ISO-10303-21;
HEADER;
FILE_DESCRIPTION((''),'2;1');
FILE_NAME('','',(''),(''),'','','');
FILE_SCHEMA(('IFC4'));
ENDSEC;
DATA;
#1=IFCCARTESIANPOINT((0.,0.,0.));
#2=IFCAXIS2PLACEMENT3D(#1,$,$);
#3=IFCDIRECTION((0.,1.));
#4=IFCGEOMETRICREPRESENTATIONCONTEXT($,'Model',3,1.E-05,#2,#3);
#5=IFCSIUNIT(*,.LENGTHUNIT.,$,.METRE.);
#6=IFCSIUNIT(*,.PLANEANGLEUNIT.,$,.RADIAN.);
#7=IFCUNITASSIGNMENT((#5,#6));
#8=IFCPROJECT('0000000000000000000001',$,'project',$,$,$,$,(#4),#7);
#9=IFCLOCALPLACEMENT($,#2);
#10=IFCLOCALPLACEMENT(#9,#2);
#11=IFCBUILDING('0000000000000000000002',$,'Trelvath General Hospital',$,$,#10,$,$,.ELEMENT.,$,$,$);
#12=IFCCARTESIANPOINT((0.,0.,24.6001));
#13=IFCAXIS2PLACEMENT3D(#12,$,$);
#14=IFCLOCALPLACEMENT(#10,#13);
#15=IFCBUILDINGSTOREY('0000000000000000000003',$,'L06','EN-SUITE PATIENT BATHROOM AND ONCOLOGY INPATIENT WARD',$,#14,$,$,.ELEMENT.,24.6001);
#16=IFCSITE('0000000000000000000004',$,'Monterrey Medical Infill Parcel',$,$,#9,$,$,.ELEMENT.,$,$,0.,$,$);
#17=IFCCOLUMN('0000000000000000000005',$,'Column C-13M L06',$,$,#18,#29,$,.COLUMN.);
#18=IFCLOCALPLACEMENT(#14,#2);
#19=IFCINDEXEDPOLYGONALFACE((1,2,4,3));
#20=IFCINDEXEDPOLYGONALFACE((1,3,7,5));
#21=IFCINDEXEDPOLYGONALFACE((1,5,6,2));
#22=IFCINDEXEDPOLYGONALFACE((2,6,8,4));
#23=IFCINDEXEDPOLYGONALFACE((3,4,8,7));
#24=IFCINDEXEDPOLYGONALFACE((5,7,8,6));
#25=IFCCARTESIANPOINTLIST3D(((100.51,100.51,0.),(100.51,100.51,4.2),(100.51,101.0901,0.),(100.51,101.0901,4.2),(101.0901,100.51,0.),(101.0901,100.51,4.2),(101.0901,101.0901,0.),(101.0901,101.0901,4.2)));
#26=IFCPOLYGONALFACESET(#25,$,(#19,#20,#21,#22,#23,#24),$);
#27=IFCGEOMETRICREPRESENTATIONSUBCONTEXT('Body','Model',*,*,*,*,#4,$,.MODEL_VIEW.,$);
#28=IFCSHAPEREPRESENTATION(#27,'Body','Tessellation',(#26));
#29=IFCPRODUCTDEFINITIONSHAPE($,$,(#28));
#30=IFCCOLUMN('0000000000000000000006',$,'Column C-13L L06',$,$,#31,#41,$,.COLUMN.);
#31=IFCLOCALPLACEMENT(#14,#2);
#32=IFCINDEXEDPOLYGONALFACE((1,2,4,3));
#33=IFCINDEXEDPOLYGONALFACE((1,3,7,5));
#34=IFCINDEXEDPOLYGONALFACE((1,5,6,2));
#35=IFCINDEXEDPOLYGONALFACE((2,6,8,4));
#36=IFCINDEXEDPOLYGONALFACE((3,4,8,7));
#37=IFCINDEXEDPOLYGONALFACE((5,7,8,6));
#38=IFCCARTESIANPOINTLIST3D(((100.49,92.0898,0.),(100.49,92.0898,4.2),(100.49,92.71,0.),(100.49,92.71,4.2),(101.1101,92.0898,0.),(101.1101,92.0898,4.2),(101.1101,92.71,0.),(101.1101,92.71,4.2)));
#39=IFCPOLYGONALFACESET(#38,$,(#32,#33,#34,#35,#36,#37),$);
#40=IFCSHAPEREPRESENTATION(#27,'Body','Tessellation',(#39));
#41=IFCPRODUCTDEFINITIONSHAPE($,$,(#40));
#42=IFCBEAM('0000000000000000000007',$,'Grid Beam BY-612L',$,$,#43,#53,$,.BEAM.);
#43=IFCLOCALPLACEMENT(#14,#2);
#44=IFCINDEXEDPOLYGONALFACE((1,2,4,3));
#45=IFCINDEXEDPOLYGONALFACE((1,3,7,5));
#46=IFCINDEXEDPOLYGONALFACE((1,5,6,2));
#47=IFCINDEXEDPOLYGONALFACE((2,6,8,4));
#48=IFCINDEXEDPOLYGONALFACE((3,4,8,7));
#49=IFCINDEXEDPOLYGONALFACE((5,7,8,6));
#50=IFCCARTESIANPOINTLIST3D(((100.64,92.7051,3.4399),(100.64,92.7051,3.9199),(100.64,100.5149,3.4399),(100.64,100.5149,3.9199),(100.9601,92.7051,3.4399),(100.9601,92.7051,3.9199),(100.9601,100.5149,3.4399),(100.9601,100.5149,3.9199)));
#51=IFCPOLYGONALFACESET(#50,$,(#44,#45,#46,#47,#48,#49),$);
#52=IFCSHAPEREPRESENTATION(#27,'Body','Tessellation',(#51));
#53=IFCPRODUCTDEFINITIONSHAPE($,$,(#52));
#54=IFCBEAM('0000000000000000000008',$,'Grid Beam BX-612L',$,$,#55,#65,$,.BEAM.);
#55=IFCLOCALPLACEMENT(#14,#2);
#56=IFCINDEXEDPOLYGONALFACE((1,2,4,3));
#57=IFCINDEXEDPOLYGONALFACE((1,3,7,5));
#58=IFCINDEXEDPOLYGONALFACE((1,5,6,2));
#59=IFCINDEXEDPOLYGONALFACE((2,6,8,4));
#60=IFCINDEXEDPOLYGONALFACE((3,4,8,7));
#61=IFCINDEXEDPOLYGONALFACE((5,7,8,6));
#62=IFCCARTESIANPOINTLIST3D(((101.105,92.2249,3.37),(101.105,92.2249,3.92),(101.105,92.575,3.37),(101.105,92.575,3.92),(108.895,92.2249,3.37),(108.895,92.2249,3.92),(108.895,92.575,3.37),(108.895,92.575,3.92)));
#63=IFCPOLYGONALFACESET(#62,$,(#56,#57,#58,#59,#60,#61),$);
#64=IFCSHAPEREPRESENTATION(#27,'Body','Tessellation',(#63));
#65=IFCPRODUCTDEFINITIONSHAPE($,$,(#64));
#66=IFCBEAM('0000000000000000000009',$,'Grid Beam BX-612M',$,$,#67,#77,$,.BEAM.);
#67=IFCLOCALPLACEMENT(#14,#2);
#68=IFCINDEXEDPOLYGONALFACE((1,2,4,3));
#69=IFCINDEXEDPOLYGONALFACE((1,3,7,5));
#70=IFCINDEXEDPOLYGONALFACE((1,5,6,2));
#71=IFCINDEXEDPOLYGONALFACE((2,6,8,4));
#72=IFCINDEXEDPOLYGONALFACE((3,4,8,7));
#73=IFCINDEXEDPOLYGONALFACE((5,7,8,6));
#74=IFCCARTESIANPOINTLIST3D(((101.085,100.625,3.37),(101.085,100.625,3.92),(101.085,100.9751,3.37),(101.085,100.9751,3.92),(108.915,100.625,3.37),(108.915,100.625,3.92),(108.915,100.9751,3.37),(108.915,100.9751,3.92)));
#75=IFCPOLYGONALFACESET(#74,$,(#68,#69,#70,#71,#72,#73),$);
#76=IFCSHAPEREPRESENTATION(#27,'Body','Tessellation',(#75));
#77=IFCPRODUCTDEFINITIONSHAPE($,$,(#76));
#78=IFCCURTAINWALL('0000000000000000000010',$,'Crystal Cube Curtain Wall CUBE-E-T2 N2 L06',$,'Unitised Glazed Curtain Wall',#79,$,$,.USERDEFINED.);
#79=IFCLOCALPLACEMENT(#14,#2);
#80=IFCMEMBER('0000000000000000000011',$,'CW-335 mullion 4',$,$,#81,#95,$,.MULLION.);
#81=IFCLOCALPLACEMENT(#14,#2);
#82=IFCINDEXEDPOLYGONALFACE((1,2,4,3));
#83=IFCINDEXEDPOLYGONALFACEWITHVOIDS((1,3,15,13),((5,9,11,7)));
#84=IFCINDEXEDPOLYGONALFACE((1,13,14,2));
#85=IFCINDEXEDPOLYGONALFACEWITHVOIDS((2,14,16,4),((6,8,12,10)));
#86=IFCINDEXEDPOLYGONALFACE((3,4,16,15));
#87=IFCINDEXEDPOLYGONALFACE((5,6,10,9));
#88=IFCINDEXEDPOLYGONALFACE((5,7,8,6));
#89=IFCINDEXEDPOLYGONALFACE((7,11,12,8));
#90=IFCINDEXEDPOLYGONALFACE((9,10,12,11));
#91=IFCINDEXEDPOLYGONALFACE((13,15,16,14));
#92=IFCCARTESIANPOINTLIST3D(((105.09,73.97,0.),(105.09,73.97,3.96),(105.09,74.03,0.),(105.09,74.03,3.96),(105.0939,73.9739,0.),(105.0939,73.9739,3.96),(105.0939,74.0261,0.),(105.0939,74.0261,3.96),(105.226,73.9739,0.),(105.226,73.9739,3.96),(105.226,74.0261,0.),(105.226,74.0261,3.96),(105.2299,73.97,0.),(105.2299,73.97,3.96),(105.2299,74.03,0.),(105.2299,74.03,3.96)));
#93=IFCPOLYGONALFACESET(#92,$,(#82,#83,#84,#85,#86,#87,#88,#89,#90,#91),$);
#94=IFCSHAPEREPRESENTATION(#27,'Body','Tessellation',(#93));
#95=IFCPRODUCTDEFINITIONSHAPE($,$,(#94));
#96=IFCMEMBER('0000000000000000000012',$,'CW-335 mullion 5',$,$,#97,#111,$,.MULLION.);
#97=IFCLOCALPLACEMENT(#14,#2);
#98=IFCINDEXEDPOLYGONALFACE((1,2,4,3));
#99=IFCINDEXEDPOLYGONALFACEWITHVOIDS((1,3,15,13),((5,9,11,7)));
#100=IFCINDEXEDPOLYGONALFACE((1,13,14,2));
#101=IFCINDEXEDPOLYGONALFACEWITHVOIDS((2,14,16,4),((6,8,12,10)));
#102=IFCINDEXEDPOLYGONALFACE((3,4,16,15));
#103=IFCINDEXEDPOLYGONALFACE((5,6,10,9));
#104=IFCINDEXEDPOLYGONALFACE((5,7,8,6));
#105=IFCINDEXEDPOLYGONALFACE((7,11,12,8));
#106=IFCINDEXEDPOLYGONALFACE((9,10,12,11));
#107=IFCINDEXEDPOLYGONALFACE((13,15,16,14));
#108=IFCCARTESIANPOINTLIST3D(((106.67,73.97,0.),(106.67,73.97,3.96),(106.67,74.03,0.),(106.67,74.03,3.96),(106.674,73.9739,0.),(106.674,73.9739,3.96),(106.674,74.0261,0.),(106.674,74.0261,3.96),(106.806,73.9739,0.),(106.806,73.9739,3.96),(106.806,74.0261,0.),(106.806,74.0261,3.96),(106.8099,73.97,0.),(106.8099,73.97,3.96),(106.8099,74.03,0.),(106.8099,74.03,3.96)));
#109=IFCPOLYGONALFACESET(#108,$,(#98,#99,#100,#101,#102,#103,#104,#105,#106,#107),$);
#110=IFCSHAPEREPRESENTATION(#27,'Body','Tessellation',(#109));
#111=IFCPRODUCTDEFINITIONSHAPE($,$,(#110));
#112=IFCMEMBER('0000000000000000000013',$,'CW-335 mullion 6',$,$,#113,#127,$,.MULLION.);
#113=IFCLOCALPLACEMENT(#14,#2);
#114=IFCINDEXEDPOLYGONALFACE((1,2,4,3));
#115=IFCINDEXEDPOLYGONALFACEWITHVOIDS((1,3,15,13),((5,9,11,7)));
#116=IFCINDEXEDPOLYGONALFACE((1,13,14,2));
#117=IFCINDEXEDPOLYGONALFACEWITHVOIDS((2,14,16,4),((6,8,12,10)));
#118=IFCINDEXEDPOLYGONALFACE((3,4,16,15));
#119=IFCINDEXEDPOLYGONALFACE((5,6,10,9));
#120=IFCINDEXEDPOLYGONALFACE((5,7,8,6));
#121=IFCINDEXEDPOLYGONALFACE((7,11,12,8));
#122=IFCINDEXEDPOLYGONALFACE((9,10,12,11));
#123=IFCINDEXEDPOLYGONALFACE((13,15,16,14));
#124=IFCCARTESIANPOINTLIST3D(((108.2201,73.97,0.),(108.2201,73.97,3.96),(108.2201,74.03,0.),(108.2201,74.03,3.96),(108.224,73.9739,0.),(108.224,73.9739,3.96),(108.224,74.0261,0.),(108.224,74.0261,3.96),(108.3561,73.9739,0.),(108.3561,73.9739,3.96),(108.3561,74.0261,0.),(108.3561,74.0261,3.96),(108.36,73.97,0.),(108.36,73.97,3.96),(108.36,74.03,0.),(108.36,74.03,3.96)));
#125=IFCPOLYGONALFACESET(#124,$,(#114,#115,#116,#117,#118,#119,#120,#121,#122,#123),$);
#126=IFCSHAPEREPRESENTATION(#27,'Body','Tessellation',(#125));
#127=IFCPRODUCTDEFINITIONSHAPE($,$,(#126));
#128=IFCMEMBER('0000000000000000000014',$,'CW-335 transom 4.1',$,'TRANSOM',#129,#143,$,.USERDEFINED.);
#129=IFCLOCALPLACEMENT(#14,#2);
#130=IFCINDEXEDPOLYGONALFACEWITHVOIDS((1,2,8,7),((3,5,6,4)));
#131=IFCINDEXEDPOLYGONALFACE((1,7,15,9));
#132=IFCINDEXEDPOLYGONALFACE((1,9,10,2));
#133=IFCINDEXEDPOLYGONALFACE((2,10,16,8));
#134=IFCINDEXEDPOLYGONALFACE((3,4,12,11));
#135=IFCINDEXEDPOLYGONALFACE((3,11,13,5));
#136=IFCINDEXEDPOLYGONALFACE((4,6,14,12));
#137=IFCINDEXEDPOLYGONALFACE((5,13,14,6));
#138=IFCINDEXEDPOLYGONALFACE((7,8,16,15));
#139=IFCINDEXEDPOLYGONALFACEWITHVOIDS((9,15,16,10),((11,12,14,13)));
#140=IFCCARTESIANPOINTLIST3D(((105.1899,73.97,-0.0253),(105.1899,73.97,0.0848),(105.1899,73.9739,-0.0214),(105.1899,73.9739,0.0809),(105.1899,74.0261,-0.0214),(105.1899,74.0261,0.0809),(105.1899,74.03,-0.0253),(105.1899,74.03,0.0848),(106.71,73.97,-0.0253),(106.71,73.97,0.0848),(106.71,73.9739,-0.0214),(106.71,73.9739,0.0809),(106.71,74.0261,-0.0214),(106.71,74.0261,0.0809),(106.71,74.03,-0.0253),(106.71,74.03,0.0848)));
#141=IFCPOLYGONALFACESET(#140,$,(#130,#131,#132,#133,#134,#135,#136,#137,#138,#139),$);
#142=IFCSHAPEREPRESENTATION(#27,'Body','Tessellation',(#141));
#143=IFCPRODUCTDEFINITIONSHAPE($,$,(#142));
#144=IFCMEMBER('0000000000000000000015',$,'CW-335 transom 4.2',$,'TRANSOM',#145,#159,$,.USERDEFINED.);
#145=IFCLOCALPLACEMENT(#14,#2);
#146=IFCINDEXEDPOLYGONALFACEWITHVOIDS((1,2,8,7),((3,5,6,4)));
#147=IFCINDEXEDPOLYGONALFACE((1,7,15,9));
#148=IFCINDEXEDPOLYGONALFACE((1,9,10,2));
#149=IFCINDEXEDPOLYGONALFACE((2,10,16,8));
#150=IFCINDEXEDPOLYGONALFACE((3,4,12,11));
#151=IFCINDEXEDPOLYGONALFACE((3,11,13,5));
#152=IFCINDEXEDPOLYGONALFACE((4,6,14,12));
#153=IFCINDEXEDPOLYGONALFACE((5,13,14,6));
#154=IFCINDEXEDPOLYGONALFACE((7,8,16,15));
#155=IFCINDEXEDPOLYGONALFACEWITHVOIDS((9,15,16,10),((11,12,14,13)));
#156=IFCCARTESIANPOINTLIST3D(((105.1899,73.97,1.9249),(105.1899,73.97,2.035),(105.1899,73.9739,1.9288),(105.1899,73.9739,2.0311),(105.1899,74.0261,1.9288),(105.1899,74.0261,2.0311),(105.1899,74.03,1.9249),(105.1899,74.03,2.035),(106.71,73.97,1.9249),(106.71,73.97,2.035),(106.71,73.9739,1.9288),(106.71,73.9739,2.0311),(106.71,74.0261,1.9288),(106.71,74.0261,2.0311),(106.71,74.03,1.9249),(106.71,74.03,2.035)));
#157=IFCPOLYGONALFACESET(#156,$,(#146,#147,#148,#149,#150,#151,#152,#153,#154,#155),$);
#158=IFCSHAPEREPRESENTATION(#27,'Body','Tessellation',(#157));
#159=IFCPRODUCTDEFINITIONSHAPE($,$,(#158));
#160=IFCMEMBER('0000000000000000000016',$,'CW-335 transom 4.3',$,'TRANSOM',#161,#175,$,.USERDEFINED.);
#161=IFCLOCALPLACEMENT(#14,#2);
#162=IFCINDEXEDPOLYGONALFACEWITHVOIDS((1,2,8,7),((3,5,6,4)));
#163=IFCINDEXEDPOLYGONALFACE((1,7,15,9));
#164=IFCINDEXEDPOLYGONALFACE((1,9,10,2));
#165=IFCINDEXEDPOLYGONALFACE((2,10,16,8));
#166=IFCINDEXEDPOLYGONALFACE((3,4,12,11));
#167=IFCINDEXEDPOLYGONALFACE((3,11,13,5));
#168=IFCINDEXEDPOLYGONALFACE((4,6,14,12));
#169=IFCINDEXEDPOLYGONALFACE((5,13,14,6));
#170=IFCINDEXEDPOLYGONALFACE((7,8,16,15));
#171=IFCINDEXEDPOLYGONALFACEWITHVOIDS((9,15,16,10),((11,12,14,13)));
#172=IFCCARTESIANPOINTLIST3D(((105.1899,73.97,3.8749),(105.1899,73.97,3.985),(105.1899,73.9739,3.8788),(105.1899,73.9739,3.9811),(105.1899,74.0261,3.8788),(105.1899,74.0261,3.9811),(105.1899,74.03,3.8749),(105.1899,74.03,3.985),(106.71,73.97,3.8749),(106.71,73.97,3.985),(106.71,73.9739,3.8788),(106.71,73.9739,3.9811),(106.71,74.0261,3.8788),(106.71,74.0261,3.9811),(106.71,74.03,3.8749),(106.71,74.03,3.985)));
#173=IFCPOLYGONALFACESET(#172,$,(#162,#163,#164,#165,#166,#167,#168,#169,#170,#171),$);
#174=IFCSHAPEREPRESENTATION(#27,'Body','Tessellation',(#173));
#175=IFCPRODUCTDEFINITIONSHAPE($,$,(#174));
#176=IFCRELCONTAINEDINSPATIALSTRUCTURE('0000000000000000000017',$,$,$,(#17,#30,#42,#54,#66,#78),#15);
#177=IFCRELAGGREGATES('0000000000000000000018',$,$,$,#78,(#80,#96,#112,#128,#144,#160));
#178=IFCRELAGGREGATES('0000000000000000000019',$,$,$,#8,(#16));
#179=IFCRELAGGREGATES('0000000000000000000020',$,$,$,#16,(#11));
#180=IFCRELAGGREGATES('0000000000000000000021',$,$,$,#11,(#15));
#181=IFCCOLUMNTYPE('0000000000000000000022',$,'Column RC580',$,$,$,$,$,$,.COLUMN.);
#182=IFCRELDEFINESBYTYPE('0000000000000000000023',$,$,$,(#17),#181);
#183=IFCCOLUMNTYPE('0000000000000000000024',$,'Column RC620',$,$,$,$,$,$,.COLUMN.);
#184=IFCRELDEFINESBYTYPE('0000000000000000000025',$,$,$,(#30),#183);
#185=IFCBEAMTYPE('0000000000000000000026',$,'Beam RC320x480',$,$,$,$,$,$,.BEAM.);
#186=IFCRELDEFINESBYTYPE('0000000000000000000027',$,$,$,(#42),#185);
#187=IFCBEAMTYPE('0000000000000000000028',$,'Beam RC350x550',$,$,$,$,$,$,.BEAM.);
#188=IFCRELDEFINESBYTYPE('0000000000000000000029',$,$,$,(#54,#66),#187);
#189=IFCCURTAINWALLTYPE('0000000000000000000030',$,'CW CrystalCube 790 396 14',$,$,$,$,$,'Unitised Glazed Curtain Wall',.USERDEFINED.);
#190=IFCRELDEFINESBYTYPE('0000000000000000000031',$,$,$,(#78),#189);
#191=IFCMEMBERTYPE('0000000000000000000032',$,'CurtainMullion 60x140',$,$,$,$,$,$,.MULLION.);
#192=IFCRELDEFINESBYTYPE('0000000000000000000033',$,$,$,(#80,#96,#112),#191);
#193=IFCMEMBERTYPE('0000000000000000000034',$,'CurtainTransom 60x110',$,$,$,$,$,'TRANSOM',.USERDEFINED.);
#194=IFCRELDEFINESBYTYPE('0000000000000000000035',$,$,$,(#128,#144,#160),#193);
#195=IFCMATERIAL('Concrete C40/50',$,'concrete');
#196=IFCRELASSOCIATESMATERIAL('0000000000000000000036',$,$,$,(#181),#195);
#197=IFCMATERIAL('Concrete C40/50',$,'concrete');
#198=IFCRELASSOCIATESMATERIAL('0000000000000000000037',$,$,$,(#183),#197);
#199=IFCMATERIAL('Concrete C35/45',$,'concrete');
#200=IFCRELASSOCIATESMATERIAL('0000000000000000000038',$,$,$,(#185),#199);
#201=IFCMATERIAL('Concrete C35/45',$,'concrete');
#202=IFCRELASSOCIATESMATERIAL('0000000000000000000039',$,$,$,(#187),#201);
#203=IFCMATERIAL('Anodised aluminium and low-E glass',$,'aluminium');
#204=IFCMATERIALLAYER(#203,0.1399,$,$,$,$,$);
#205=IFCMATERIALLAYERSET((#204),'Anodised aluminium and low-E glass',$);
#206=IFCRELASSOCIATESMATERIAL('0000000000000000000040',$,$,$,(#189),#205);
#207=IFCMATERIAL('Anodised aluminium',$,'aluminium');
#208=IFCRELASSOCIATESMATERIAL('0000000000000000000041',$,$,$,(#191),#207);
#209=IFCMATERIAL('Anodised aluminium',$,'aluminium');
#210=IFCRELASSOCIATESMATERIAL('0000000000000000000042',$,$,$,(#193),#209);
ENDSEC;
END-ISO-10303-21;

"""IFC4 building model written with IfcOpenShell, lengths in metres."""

from ifc_helpers import new_model, si_unit, direction, frame, origin, origin_2d, place, context, subcontext, project, spatial, rectangle, hollow_rectangle, extrude, material, layer, layer_set, material_profile, profile_set, type_object, element, aggregate, save


model = new_model("IFC4")

# Units and contexts
model_context = context("Model", 3, precision=1e-05, world=origin(), true_north=direction((0.0, 1.0)))
body_context = subcontext(model_context, "Body", "Model", "MODEL_VIEW")
ifc_project = project(units=[si_unit("LENGTHUNIT", "METRE"), si_unit("PLANEANGLEUNIT", "RADIAN")], contexts=[model_context])

# Site, building, storey
site_placement = place(None, origin())
site = spatial("IfcSite", under=ifc_project, at=site_placement, Name="Monterrey Medical Infill Parcel", CompositionType="ELEMENT", RefElevation=0.0)
building_placement = place(site_placement, origin())
building = spatial("IfcBuilding", under=site, at=building_placement, Name="Trelvath General Hospital", CompositionType="ELEMENT")
storey_placement = place(building_placement, frame((0.0, 0.0, 24.6001)))
storey = spatial("IfcBuildingStorey", under=building, at=storey_placement, Name="L06", Description="EN-SUITE PATIENT BATHROOM AND ONCOLOGY INPATIENT WARD", CompositionType="ELEMENT", Elevation=24.6001)

# Columns
ifc_material_1 = material(Name="Concrete C40/50", Category="concrete")
ifc_material_profile_1 = material_profile(ifc_material_1, rectangle(XDim=0.5801, YDim=0.5801, at=origin_2d()), Name="RC580x580")
ifc_profile_set_1 = profile_set([ifc_material_profile_1], Name="Concrete C40/50")
column_type_1 = type_object("IfcColumnType", Name="Column RC580", PredefinedType="COLUMN", material=ifc_profile_set_1)
column_1_placement = place(storey_placement, frame((100.8, 100.8, 0.0), z_axis=(0.0, 0.0, 1.0), x_axis=(1.0, 0.0, 0.0)))
element("IfcColumn", 1, at=column_1_placement, inside=storey, type_object=column_type_1, Name="Column C-13M L06", PredefinedType="COLUMN", context=body_context, shape_type="SweptSolid", body=[
    extrude(rectangle(XDim=0.5801, YDim=0.5801, at=origin_2d()), origin(), (0.0, 0.0, 1.0), 4.2),
])
ifc_material_2 = material(Name="Concrete C40/50", Category="concrete")
ifc_material_profile_2 = material_profile(ifc_material_2, rectangle(XDim=0.6201, YDim=0.6201, at=origin_2d()), Name="RC620x620")
ifc_profile_set_2 = profile_set([ifc_material_profile_2], Name="Concrete C40/50")
column_type_2 = type_object("IfcColumnType", Name="Column RC620", PredefinedType="COLUMN", material=ifc_profile_set_2)
column_2_placement = place(storey_placement, frame((100.8, 92.3999, 0.0), z_axis=(0.0, 0.0, 1.0), x_axis=(1.0, 0.0, 0.0)))
element("IfcColumn", 2, at=column_2_placement, inside=storey, type_object=column_type_2, Name="Column C-13L L06", PredefinedType="COLUMN", context=body_context, shape_type="SweptSolid", body=[
    extrude(rectangle(XDim=0.6201, YDim=0.6201, at=origin_2d()), origin(), (0.0, 0.0, 1.0), 4.2),
])

# Beams
ifc_material_3 = material(Name="Concrete C35/45", Category="concrete")
ifc_material_profile_3 = material_profile(ifc_material_3, rectangle(XDim=0.3201, YDim=0.48, at=origin_2d()), Name="RCB320x480")
ifc_profile_set_3 = profile_set([ifc_material_profile_3], Name="Concrete C35/45")
beam_type_1 = type_object("IfcBeamType", Name="Beam RC320x480", PredefinedType="BEAM", material=ifc_profile_set_3)
beam_1_placement = place(storey_placement, frame((100.8, 92.7051, 3.6799), z_axis=(0.0, 1.0, 0.0), x_axis=(-1.0, 0.0, 0.0)))
element("IfcBeam", 3, at=beam_1_placement, inside=storey, type_object=beam_type_1, Name="Grid Beam BY-612L", PredefinedType="BEAM", context=body_context, shape_type="SweptSolid", body=[
    extrude(rectangle(XDim=0.3201, YDim=0.48, at=origin_2d()), origin(), (0.0, 0.0, 1.0), 7.8098),
])
ifc_material_4 = material(Name="Concrete C35/45", Category="concrete")
ifc_material_profile_4 = material_profile(ifc_material_4, rectangle(XDim=0.3501, YDim=0.55, at=origin_2d()), Name="RCB350x550")
ifc_profile_set_4 = profile_set([ifc_material_profile_4], Name="Concrete C35/45")
beam_type_2 = type_object("IfcBeamType", Name="Beam RC350x550", PredefinedType="BEAM", material=ifc_profile_set_4)
beam_2_placement = place(storey_placement, frame((101.105, 92.3999, 3.645), z_axis=(1.0, 0.0, 0.0), x_axis=(0.0, 1.0, 0.0)))
element("IfcBeam", 4, at=beam_2_placement, inside=storey, type_object=beam_type_2, Name="Grid Beam BX-612L", PredefinedType="BEAM", context=body_context, shape_type="SweptSolid", body=[
    extrude(rectangle(XDim=0.3501, YDim=0.55, at=origin_2d()), origin(), (0.0, 0.0, 1.0), 7.79),
])
beam_3_placement = place(storey_placement, frame((101.085, 100.8, 3.645), z_axis=(1.0, 0.0, 0.0), x_axis=(0.0, 1.0, 0.0)))
element("IfcBeam", 5, at=beam_3_placement, inside=storey, type_object=beam_type_2, Name="Grid Beam BX-612M", PredefinedType="BEAM", context=body_context, shape_type="SweptSolid", body=[
    extrude(rectangle(XDim=0.3501, YDim=0.55, at=origin_2d()), origin(), (0.0, 0.0, 1.0), 7.8301),
])

# Curtain wall, members
ifc_material_5 = material(Name="Anodised aluminium and low-E glass", Category="aluminium")
ifc_layer_1 = layer(ifc_material_5, 0.1399)
ifc_layer_set_1 = layer_set([ifc_layer_1], Name="Anodised aluminium and low-E glass")
curtain_wall_type = type_object("IfcCurtainWallType", Name="CW CrystalCube 790 396 14", ElementType="Unitised Glazed Curtain Wall", PredefinedType="USERDEFINED", material=ifc_layer_set_1)
curtain_wall_placement = place(storey_placement, origin())
curtain_wall = element("IfcCurtainWall", 6, at=curtain_wall_placement, inside=storey, type_object=curtain_wall_type, Name="Crystal Cube Curtain Wall CUBE-E-T2 N2 L06", ObjectType="Unitised Glazed Curtain Wall", PredefinedType="USERDEFINED")
ifc_material_6 = material(Name="Anodised aluminium", Category="aluminium")
ifc_material_profile_5 = material_profile(ifc_material_6, hollow_rectangle(XDim=0.0601, YDim=0.1399, WallThickness=0.0039, at=origin_2d()), Name="RHS60x140x4")
ifc_profile_set_5 = profile_set([ifc_material_profile_5], Name="Anodised aluminium")
member_type_1 = type_object("IfcMemberType", Name="CurtainMullion 60x140", PredefinedType="MULLION", material=ifc_profile_set_5)
member_1_placement = place(storey_placement, frame((105.1599, 74.0, 0.0), z_axis=(0.0, 0.0, 1.0), x_axis=(0.0, 1.0, 0.0)))
member_1 = element("IfcMember", 7, at=member_1_placement, type_object=member_type_1, Name="CW-335 mullion 4", PredefinedType="MULLION", context=body_context, shape_type="SweptSolid", body=[
    extrude(hollow_rectangle(XDim=0.0601, YDim=0.1399, WallThickness=0.0039, at=origin_2d()), origin(), (0.0, 0.0, 1.0), 3.96),
])
member_2_placement = place(storey_placement, frame((106.74, 74.0, 0.0), z_axis=(0.0, 0.0, 1.0), x_axis=(0.0, 1.0, 0.0)))
member_2 = element("IfcMember", 8, at=member_2_placement, type_object=member_type_1, Name="CW-335 mullion 5", PredefinedType="MULLION", context=body_context, shape_type="SweptSolid", body=[
    extrude(hollow_rectangle(XDim=0.0601, YDim=0.1399, WallThickness=0.0039, at=origin_2d()), origin(), (0.0, 0.0, 1.0), 3.96),
])
member_3_placement = place(storey_placement, frame((108.29, 74.0, 0.0), z_axis=(0.0, 0.0, 1.0), x_axis=(0.0, 1.0, 0.0)))
member_3 = element("IfcMember", 9, at=member_3_placement, type_object=member_type_1, Name="CW-335 mullion 6", PredefinedType="MULLION", context=body_context, shape_type="SweptSolid", body=[
    extrude(hollow_rectangle(XDim=0.0601, YDim=0.1399, WallThickness=0.0039, at=origin_2d()), origin(), (0.0, 0.0, 1.0), 3.96),
])
ifc_material_7 = material(Name="Anodised aluminium", Category="aluminium")
ifc_material_profile_6 = material_profile(ifc_material_7, hollow_rectangle(XDim=0.0601, YDim=0.1101, WallThickness=0.0039, at=origin_2d()), Name="RHS60x110x4")
ifc_profile_set_6 = profile_set([ifc_material_profile_6], Name="Anodised aluminium")
member_type_2 = type_object("IfcMemberType", Name="CurtainTransom 60x110", ElementType="TRANSOM", PredefinedType="USERDEFINED", material=ifc_profile_set_6)
member_4_placement = place(storey_placement, frame((105.1899, 74.0, 0.0298), z_axis=(1.0, 0.0, 0.0), x_axis=(0.0, 1.0, 0.0)))
member_4 = element("IfcMember", 10, at=member_4_placement, type_object=member_type_2, Name="CW-335 transom 4.1", ObjectType="TRANSOM", PredefinedType="USERDEFINED", context=body_context, shape_type="SweptSolid", body=[
    extrude(hollow_rectangle(XDim=0.0601, YDim=0.1101, WallThickness=0.0039, at=origin_2d()), origin(), (0.0, 0.0, 1.0), 1.52),
])
member_5_placement = place(storey_placement, frame((105.1899, 74.0, 1.98), z_axis=(1.0, 0.0, 0.0), x_axis=(0.0, 1.0, 0.0)))
member_5 = element("IfcMember", 11, at=member_5_placement, type_object=member_type_2, Name="CW-335 transom 4.2", ObjectType="TRANSOM", PredefinedType="USERDEFINED", context=body_context, shape_type="SweptSolid", body=[
    extrude(hollow_rectangle(XDim=0.0601, YDim=0.1101, WallThickness=0.0039, at=origin_2d()), origin(), (0.0, 0.0, 1.0), 1.52),
])
member_6_placement = place(storey_placement, frame((105.1899, 74.0, 3.9299), z_axis=(1.0, 0.0, 0.0), x_axis=(0.0, 1.0, 0.0)))
member_6 = element("IfcMember", 12, at=member_6_placement, type_object=member_type_2, Name="CW-335 transom 4.3", ObjectType="TRANSOM", PredefinedType="USERDEFINED", context=body_context, shape_type="SweptSolid", body=[
    extrude(hollow_rectangle(XDim=0.0601, YDim=0.1101, WallThickness=0.0039, at=origin_2d()), origin(), (0.0, 0.0, 1.0), 1.52),
])
aggregate(curtain_wall, [member_1, member_2, member_3, member_4, member_5, member_6])

save(model, "model.ifc")
